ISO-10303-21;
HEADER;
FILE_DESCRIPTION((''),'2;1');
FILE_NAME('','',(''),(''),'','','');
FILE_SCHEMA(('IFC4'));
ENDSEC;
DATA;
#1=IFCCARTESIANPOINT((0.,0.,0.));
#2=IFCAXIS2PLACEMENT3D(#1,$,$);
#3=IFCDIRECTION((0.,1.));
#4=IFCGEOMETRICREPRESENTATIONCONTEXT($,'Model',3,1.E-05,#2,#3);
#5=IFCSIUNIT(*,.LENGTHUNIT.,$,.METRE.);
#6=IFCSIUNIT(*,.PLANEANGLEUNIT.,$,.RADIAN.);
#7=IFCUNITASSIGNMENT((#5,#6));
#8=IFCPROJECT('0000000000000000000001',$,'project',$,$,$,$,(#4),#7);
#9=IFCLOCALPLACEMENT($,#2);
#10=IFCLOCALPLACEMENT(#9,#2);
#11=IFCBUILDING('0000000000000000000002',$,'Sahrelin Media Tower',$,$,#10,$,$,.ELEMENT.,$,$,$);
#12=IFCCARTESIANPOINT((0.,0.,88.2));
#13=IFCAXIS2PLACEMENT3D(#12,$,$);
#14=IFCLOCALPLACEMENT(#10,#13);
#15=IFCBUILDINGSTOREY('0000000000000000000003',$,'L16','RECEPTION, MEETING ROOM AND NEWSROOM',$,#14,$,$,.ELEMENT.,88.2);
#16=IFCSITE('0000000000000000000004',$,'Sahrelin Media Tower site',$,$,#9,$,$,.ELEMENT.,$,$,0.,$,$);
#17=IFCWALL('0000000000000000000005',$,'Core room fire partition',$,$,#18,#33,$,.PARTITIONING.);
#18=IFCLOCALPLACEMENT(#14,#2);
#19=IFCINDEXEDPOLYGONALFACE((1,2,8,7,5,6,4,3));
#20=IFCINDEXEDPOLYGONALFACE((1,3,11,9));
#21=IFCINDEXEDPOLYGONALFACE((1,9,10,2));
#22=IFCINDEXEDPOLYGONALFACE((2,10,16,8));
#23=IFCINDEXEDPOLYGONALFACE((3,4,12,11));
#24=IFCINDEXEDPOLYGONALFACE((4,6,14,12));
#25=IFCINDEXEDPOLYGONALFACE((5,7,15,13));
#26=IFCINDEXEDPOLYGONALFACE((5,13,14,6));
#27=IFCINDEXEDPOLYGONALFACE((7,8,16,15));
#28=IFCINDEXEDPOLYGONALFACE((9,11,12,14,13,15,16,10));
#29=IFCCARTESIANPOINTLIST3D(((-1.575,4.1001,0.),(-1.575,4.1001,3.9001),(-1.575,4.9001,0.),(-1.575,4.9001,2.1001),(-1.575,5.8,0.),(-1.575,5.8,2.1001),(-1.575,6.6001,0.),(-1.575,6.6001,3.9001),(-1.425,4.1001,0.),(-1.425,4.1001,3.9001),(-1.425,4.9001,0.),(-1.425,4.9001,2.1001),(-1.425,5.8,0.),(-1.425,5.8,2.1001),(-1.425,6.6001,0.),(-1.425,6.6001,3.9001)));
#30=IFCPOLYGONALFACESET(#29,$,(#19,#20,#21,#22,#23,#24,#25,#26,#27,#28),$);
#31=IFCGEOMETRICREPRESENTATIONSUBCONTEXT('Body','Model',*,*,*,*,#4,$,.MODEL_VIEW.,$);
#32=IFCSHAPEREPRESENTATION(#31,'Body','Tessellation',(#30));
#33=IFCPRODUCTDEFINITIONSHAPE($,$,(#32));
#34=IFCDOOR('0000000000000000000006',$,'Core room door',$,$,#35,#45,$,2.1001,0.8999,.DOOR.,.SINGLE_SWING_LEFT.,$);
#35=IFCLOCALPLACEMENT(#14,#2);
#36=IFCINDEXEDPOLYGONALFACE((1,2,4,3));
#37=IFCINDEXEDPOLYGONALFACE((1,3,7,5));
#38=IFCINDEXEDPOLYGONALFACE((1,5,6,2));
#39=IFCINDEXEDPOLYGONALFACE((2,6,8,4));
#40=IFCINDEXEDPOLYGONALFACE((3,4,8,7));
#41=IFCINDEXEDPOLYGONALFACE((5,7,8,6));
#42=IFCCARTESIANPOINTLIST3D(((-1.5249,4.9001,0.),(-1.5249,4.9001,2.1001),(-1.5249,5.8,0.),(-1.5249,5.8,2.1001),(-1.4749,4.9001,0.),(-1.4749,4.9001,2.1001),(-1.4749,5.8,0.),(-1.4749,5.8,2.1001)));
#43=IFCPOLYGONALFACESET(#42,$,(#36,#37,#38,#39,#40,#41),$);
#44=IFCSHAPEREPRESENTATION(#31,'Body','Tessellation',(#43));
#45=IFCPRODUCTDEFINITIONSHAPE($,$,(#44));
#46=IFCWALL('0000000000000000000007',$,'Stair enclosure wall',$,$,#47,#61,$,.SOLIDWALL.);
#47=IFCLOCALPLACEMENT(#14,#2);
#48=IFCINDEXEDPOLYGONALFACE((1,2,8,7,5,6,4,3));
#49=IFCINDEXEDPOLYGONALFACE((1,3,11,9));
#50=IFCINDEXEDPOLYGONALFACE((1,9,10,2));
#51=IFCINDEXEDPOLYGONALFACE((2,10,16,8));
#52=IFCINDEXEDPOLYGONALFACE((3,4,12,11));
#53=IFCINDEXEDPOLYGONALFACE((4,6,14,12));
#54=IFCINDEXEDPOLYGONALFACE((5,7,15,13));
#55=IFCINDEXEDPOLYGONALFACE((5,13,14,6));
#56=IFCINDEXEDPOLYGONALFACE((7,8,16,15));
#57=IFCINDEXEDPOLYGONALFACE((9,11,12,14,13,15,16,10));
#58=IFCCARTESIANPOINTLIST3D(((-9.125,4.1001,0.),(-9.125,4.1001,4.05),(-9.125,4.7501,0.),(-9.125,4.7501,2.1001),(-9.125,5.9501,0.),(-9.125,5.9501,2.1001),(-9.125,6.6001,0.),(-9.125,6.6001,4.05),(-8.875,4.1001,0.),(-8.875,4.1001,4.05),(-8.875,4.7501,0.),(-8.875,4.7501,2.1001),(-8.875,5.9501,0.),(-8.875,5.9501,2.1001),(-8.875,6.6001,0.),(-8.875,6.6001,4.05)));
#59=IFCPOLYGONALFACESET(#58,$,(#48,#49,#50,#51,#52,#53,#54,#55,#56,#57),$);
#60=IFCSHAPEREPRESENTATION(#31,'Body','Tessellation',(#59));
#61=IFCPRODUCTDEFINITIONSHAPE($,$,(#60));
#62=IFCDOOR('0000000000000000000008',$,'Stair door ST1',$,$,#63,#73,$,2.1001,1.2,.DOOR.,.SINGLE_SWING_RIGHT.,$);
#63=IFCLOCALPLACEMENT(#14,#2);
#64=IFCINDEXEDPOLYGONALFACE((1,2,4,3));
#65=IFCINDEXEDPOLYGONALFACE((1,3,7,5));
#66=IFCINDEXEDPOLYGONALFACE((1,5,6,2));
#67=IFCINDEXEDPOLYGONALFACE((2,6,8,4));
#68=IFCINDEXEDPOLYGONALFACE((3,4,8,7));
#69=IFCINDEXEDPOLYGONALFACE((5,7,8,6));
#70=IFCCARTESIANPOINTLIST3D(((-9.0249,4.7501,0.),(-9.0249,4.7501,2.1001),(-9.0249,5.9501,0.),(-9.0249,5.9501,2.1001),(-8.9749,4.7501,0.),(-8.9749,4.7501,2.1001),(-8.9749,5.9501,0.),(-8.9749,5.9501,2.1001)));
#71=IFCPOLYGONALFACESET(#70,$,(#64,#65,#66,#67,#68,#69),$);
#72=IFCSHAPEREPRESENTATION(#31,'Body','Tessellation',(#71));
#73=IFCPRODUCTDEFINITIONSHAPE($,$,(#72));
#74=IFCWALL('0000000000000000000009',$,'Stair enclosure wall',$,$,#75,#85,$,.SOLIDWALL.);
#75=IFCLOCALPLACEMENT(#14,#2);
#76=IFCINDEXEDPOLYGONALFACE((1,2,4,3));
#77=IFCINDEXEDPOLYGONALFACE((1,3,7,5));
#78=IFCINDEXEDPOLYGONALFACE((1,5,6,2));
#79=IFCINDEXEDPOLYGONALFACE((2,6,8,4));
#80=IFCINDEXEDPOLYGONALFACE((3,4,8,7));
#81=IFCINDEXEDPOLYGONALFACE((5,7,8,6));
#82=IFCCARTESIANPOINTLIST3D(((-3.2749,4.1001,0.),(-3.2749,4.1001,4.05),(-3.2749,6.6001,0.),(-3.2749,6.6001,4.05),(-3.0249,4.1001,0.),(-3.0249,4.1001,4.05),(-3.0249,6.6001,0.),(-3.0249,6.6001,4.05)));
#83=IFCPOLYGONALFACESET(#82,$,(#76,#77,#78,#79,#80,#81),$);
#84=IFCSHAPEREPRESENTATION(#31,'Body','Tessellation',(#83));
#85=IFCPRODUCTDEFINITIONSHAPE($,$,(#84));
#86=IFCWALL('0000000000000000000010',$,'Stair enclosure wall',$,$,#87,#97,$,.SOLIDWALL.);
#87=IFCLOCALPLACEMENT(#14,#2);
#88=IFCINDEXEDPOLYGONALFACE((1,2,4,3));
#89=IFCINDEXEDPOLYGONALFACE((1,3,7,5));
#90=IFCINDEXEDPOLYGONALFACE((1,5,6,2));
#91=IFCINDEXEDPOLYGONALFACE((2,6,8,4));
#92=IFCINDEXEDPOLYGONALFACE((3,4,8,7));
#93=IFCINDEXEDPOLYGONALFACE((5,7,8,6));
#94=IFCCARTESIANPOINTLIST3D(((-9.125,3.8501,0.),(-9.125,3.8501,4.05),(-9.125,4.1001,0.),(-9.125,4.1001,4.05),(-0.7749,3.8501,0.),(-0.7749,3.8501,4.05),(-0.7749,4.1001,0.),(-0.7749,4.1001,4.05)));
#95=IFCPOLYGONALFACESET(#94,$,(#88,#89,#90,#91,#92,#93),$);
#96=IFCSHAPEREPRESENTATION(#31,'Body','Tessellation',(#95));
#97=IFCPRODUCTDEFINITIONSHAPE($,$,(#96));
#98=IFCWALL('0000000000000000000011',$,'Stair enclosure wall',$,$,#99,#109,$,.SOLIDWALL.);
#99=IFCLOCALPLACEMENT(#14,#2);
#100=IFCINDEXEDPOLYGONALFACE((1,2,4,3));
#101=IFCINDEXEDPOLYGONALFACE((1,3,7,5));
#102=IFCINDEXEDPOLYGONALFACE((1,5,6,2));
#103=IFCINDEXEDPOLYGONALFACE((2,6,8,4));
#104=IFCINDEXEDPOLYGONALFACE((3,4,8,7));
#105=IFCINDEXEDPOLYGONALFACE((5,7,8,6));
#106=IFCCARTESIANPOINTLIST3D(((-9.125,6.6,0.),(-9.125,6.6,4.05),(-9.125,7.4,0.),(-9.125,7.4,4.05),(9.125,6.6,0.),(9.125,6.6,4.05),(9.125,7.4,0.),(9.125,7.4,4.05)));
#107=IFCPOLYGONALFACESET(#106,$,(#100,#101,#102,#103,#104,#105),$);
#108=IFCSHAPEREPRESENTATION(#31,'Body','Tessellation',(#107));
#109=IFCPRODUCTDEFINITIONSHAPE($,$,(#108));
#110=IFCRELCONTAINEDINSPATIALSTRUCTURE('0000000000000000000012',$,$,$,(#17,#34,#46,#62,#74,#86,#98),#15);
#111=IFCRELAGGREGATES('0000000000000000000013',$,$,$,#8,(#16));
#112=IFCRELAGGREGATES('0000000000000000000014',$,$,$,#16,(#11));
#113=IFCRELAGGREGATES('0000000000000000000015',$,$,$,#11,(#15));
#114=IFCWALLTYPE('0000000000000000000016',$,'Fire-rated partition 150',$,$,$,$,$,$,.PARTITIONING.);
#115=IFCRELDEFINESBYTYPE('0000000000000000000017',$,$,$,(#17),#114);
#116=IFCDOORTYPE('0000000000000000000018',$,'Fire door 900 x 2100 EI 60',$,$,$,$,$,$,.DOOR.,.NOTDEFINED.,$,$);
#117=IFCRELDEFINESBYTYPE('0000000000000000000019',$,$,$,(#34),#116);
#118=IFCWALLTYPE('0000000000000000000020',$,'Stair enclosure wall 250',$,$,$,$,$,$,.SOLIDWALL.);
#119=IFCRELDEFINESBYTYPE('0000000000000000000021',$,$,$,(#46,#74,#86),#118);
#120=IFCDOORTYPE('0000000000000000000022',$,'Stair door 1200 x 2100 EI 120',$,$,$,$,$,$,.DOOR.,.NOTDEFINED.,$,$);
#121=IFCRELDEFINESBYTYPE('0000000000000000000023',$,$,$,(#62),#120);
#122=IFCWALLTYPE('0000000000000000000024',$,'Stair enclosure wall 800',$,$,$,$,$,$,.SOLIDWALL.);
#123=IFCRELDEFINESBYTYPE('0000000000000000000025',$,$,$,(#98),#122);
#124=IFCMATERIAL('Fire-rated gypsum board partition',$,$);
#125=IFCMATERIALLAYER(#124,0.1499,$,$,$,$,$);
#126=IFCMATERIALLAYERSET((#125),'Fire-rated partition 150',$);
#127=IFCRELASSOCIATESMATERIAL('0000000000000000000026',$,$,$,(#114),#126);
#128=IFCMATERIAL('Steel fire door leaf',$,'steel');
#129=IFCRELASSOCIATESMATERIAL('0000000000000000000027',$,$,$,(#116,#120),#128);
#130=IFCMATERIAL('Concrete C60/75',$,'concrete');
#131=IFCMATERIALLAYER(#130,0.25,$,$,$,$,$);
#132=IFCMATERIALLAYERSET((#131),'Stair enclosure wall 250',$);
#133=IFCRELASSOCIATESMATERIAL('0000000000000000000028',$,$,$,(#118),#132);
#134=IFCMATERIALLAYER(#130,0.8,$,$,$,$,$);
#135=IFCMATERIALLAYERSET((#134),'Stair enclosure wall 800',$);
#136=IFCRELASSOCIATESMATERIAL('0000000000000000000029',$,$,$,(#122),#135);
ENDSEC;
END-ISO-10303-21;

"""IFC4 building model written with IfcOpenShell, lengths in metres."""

from ifc_helpers import new_model, si_unit, direction, frame, frame_2d, origin, place, context, subcontext, project, spatial, rectangle, extrude, material, layer, layer_set, type_object, element, fill, save


model = new_model("IFC4")

# Units and contexts
model_context = context("Model", 3, precision=1e-05, world=origin(), true_north=direction((0.0, 1.0)))
body_context = subcontext(model_context, "Body", "Model", "MODEL_VIEW")
ifc_project = project(units=[si_unit("LENGTHUNIT", "METRE"), si_unit("PLANEANGLEUNIT", "RADIAN")], contexts=[model_context])

# Site, building, storey
site_placement = place(None, origin())
site = spatial("IfcSite", under=ifc_project, at=site_placement, Name="Sahrelin Media Tower site", CompositionType="ELEMENT", RefElevation=0.0)
building_placement = place(site_placement, origin())
building = spatial("IfcBuilding", under=site, at=building_placement, Name="Sahrelin Media Tower", CompositionType="ELEMENT")
storey_placement = place(building_placement, frame((0.0, 0.0, 88.2)))
storey = spatial("IfcBuildingStorey", under=building, at=storey_placement, Name="L16", Description="RECEPTION, MEETING ROOM AND NEWSROOM", CompositionType="ELEMENT", Elevation=88.2)

# Shared definitions
ifc_material_1 = material(Name="Concrete C60/75", Category="concrete")
ifc_material_2 = material(Name="Steel fire door leaf", Category="steel")

# Shared definitions
ifc_material_3 = material(Name="Fire-rated gypsum board partition")

# Walls, openings, doors
ifc_layer_1 = layer(ifc_material_3, 0.1499)
ifc_layer_set_1 = layer_set([ifc_layer_1], Name="Fire-rated partition 150")
wall_type_1 = type_object("IfcWallType", Name="Fire-rated partition 150", PredefinedType="PARTITIONING", material=ifc_layer_set_1)
wall_1_placement = place(storey_placement, frame((-1.5, 4.1001, 0.0), z_axis=(0.0, 0.0, 1.0), x_axis=(0.0, 1.0, 0.0)))
wall_1 = element("IfcWall", 1, at=wall_1_placement, inside=storey, type_object=wall_type_1, Name="Core room fire partition", PredefinedType="PARTITIONING", context=body_context, shape_type="SweptSolid", body=[
    extrude(rectangle(XDim=2.5, YDim=0.1499, at=frame_2d((1.25, 0.0))), origin(), (0.0, 0.0, 1.0), 3.9001),
])
opening_1_placement = place(wall_1_placement, frame((0.8, 0.0, 0.0)))
opening_1 = element("IfcOpeningElement", 2, at=opening_1_placement, cuts=wall_1, PredefinedType="OPENING", context=body_context, shape_type="SweptSolid", body=[
    extrude(rectangle(XDim=0.8999, YDim=2.1001, at=frame_2d((0.45, 1.05))), frame((0.0, 0.075, 0.0), z_axis=(0.0, -1.0, 0.0), x_axis=(1.0, 0.0, 0.0)), (0.0, 0.0, 1.0), 0.1499),
])
door_type_1 = type_object("IfcDoorType", Name="Fire door 900 x 2100 EI 60", OperationType="NOTDEFINED", PredefinedType="DOOR", material=ifc_material_2)
door_1_placement = place(opening_1_placement, origin())
door_1 = element("IfcDoor", 3, at=door_1_placement, inside=storey, type_object=door_type_1, Name="Core room door", OperationType="SINGLE_SWING_LEFT", OverallHeight=2.1001, OverallWidth=0.8999, PredefinedType="DOOR", context=body_context, shape_type="SweptSolid", body=[
    extrude(rectangle(XDim=0.8999, YDim=2.1001, at=frame_2d((0.45, 1.05))), frame((0.0, 0.0249, 0.0), z_axis=(0.0, -1.0, 0.0), x_axis=(1.0, 0.0, 0.0)), (0.0, 0.0, 1.0), 0.05),
])
fill(opening_1, door_1)
ifc_layer_2 = layer(ifc_material_1, 0.25)
ifc_layer_set_2 = layer_set([ifc_layer_2], Name="Stair enclosure wall 250")
wall_type_2 = type_object("IfcWallType", Name="Stair enclosure wall 250", PredefinedType="SOLIDWALL", material=ifc_layer_set_2)
wall_2_placement = place(storey_placement, frame((-9.0, 4.1001, 0.0), z_axis=(0.0, 0.0, 1.0), x_axis=(0.0, 1.0, 0.0)))
wall_2 = element("IfcWall", 4, at=wall_2_placement, inside=storey, type_object=wall_type_2, Name="Stair enclosure wall", PredefinedType="SOLIDWALL", context=body_context, shape_type="SweptSolid", body=[
    extrude(rectangle(XDim=2.5, YDim=0.25, at=frame_2d((1.25, 0.0))), origin(), (0.0, 0.0, 1.0), 4.05),
])
opening_2_placement = place(wall_2_placement, frame((0.6499, 0.0, 0.0)))
opening_2 = element("IfcOpeningElement", 5, at=opening_2_placement, cuts=wall_2, PredefinedType="OPENING", context=body_context, shape_type="SweptSolid", body=[
    extrude(rectangle(XDim=1.2, YDim=2.1001, at=frame_2d((0.6001, 1.05))), frame((0.0, 0.125, 0.0), z_axis=(0.0, -1.0, 0.0), x_axis=(1.0, 0.0, 0.0)), (0.0, 0.0, 1.0), 0.25),
])
door_type_2 = type_object("IfcDoorType", Name="Stair door 1200 x 2100 EI 120", OperationType="NOTDEFINED", PredefinedType="DOOR", material=ifc_material_2)
door_2_placement = place(opening_2_placement, origin())
door_2 = element("IfcDoor", 6, at=door_2_placement, inside=storey, type_object=door_type_2, Name="Stair door ST1", OperationType="SINGLE_SWING_RIGHT", OverallHeight=2.1001, OverallWidth=1.2, PredefinedType="DOOR", context=body_context, shape_type="SweptSolid", body=[
    extrude(rectangle(XDim=1.2, YDim=2.1001, at=frame_2d((0.6001, 1.05))), frame((0.0, 0.0249, 0.0), z_axis=(0.0, -1.0, 0.0), x_axis=(1.0, 0.0, 0.0)), (0.0, 0.0, 1.0), 0.05),
])
fill(opening_2, door_2)

# Walls
wall_3_placement = place(storey_placement, frame((-3.1499, 4.1001, 0.0), z_axis=(0.0, 0.0, 1.0), x_axis=(0.0, 1.0, 0.0)))
element("IfcWall", 7, at=wall_3_placement, inside=storey, type_object=wall_type_2, Name="Stair enclosure wall", PredefinedType="SOLIDWALL", context=body_context, shape_type="SweptSolid", body=[
    extrude(rectangle(XDim=2.5, YDim=0.25, at=frame_2d((1.25, 0.0))), origin(), (0.0, 0.0, 1.0), 4.05),
])
wall_4_placement = place(storey_placement, frame((-9.125, 3.9751, 0.0), z_axis=(0.0, 0.0, 1.0), x_axis=(1.0, 0.0, 0.0)))
element("IfcWall", 8, at=wall_4_placement, inside=storey, type_object=wall_type_2, Name="Stair enclosure wall", PredefinedType="SOLIDWALL", context=body_context, shape_type="SweptSolid", body=[
    extrude(rectangle(XDim=8.3501, YDim=0.25, at=frame_2d((4.175, 0.0))), origin(), (0.0, 0.0, 1.0), 4.05),
])
ifc_layer_3 = layer(ifc_material_1, 0.8)
ifc_layer_set_3 = layer_set([ifc_layer_3], Name="Stair enclosure wall 800")
wall_type_3 = type_object("IfcWallType", Name="Stair enclosure wall 800", PredefinedType="SOLIDWALL", material=ifc_layer_set_3)
wall_5_placement = place(storey_placement, frame((-9.125, 7.0, 0.0), z_axis=(0.0, 0.0, 1.0), x_axis=(1.0, 0.0, 0.0)))
element("IfcWall", 9, at=wall_5_placement, inside=storey, type_object=wall_type_3, Name="Stair enclosure wall", PredefinedType="SOLIDWALL", context=body_context, shape_type="SweptSolid", body=[
    extrude(rectangle(XDim=18.25, YDim=0.8, at=frame_2d((9.125, 0.0))), origin(), (0.0, 0.0, 1.0), 4.05),
])

save(model, "model.ifc")
